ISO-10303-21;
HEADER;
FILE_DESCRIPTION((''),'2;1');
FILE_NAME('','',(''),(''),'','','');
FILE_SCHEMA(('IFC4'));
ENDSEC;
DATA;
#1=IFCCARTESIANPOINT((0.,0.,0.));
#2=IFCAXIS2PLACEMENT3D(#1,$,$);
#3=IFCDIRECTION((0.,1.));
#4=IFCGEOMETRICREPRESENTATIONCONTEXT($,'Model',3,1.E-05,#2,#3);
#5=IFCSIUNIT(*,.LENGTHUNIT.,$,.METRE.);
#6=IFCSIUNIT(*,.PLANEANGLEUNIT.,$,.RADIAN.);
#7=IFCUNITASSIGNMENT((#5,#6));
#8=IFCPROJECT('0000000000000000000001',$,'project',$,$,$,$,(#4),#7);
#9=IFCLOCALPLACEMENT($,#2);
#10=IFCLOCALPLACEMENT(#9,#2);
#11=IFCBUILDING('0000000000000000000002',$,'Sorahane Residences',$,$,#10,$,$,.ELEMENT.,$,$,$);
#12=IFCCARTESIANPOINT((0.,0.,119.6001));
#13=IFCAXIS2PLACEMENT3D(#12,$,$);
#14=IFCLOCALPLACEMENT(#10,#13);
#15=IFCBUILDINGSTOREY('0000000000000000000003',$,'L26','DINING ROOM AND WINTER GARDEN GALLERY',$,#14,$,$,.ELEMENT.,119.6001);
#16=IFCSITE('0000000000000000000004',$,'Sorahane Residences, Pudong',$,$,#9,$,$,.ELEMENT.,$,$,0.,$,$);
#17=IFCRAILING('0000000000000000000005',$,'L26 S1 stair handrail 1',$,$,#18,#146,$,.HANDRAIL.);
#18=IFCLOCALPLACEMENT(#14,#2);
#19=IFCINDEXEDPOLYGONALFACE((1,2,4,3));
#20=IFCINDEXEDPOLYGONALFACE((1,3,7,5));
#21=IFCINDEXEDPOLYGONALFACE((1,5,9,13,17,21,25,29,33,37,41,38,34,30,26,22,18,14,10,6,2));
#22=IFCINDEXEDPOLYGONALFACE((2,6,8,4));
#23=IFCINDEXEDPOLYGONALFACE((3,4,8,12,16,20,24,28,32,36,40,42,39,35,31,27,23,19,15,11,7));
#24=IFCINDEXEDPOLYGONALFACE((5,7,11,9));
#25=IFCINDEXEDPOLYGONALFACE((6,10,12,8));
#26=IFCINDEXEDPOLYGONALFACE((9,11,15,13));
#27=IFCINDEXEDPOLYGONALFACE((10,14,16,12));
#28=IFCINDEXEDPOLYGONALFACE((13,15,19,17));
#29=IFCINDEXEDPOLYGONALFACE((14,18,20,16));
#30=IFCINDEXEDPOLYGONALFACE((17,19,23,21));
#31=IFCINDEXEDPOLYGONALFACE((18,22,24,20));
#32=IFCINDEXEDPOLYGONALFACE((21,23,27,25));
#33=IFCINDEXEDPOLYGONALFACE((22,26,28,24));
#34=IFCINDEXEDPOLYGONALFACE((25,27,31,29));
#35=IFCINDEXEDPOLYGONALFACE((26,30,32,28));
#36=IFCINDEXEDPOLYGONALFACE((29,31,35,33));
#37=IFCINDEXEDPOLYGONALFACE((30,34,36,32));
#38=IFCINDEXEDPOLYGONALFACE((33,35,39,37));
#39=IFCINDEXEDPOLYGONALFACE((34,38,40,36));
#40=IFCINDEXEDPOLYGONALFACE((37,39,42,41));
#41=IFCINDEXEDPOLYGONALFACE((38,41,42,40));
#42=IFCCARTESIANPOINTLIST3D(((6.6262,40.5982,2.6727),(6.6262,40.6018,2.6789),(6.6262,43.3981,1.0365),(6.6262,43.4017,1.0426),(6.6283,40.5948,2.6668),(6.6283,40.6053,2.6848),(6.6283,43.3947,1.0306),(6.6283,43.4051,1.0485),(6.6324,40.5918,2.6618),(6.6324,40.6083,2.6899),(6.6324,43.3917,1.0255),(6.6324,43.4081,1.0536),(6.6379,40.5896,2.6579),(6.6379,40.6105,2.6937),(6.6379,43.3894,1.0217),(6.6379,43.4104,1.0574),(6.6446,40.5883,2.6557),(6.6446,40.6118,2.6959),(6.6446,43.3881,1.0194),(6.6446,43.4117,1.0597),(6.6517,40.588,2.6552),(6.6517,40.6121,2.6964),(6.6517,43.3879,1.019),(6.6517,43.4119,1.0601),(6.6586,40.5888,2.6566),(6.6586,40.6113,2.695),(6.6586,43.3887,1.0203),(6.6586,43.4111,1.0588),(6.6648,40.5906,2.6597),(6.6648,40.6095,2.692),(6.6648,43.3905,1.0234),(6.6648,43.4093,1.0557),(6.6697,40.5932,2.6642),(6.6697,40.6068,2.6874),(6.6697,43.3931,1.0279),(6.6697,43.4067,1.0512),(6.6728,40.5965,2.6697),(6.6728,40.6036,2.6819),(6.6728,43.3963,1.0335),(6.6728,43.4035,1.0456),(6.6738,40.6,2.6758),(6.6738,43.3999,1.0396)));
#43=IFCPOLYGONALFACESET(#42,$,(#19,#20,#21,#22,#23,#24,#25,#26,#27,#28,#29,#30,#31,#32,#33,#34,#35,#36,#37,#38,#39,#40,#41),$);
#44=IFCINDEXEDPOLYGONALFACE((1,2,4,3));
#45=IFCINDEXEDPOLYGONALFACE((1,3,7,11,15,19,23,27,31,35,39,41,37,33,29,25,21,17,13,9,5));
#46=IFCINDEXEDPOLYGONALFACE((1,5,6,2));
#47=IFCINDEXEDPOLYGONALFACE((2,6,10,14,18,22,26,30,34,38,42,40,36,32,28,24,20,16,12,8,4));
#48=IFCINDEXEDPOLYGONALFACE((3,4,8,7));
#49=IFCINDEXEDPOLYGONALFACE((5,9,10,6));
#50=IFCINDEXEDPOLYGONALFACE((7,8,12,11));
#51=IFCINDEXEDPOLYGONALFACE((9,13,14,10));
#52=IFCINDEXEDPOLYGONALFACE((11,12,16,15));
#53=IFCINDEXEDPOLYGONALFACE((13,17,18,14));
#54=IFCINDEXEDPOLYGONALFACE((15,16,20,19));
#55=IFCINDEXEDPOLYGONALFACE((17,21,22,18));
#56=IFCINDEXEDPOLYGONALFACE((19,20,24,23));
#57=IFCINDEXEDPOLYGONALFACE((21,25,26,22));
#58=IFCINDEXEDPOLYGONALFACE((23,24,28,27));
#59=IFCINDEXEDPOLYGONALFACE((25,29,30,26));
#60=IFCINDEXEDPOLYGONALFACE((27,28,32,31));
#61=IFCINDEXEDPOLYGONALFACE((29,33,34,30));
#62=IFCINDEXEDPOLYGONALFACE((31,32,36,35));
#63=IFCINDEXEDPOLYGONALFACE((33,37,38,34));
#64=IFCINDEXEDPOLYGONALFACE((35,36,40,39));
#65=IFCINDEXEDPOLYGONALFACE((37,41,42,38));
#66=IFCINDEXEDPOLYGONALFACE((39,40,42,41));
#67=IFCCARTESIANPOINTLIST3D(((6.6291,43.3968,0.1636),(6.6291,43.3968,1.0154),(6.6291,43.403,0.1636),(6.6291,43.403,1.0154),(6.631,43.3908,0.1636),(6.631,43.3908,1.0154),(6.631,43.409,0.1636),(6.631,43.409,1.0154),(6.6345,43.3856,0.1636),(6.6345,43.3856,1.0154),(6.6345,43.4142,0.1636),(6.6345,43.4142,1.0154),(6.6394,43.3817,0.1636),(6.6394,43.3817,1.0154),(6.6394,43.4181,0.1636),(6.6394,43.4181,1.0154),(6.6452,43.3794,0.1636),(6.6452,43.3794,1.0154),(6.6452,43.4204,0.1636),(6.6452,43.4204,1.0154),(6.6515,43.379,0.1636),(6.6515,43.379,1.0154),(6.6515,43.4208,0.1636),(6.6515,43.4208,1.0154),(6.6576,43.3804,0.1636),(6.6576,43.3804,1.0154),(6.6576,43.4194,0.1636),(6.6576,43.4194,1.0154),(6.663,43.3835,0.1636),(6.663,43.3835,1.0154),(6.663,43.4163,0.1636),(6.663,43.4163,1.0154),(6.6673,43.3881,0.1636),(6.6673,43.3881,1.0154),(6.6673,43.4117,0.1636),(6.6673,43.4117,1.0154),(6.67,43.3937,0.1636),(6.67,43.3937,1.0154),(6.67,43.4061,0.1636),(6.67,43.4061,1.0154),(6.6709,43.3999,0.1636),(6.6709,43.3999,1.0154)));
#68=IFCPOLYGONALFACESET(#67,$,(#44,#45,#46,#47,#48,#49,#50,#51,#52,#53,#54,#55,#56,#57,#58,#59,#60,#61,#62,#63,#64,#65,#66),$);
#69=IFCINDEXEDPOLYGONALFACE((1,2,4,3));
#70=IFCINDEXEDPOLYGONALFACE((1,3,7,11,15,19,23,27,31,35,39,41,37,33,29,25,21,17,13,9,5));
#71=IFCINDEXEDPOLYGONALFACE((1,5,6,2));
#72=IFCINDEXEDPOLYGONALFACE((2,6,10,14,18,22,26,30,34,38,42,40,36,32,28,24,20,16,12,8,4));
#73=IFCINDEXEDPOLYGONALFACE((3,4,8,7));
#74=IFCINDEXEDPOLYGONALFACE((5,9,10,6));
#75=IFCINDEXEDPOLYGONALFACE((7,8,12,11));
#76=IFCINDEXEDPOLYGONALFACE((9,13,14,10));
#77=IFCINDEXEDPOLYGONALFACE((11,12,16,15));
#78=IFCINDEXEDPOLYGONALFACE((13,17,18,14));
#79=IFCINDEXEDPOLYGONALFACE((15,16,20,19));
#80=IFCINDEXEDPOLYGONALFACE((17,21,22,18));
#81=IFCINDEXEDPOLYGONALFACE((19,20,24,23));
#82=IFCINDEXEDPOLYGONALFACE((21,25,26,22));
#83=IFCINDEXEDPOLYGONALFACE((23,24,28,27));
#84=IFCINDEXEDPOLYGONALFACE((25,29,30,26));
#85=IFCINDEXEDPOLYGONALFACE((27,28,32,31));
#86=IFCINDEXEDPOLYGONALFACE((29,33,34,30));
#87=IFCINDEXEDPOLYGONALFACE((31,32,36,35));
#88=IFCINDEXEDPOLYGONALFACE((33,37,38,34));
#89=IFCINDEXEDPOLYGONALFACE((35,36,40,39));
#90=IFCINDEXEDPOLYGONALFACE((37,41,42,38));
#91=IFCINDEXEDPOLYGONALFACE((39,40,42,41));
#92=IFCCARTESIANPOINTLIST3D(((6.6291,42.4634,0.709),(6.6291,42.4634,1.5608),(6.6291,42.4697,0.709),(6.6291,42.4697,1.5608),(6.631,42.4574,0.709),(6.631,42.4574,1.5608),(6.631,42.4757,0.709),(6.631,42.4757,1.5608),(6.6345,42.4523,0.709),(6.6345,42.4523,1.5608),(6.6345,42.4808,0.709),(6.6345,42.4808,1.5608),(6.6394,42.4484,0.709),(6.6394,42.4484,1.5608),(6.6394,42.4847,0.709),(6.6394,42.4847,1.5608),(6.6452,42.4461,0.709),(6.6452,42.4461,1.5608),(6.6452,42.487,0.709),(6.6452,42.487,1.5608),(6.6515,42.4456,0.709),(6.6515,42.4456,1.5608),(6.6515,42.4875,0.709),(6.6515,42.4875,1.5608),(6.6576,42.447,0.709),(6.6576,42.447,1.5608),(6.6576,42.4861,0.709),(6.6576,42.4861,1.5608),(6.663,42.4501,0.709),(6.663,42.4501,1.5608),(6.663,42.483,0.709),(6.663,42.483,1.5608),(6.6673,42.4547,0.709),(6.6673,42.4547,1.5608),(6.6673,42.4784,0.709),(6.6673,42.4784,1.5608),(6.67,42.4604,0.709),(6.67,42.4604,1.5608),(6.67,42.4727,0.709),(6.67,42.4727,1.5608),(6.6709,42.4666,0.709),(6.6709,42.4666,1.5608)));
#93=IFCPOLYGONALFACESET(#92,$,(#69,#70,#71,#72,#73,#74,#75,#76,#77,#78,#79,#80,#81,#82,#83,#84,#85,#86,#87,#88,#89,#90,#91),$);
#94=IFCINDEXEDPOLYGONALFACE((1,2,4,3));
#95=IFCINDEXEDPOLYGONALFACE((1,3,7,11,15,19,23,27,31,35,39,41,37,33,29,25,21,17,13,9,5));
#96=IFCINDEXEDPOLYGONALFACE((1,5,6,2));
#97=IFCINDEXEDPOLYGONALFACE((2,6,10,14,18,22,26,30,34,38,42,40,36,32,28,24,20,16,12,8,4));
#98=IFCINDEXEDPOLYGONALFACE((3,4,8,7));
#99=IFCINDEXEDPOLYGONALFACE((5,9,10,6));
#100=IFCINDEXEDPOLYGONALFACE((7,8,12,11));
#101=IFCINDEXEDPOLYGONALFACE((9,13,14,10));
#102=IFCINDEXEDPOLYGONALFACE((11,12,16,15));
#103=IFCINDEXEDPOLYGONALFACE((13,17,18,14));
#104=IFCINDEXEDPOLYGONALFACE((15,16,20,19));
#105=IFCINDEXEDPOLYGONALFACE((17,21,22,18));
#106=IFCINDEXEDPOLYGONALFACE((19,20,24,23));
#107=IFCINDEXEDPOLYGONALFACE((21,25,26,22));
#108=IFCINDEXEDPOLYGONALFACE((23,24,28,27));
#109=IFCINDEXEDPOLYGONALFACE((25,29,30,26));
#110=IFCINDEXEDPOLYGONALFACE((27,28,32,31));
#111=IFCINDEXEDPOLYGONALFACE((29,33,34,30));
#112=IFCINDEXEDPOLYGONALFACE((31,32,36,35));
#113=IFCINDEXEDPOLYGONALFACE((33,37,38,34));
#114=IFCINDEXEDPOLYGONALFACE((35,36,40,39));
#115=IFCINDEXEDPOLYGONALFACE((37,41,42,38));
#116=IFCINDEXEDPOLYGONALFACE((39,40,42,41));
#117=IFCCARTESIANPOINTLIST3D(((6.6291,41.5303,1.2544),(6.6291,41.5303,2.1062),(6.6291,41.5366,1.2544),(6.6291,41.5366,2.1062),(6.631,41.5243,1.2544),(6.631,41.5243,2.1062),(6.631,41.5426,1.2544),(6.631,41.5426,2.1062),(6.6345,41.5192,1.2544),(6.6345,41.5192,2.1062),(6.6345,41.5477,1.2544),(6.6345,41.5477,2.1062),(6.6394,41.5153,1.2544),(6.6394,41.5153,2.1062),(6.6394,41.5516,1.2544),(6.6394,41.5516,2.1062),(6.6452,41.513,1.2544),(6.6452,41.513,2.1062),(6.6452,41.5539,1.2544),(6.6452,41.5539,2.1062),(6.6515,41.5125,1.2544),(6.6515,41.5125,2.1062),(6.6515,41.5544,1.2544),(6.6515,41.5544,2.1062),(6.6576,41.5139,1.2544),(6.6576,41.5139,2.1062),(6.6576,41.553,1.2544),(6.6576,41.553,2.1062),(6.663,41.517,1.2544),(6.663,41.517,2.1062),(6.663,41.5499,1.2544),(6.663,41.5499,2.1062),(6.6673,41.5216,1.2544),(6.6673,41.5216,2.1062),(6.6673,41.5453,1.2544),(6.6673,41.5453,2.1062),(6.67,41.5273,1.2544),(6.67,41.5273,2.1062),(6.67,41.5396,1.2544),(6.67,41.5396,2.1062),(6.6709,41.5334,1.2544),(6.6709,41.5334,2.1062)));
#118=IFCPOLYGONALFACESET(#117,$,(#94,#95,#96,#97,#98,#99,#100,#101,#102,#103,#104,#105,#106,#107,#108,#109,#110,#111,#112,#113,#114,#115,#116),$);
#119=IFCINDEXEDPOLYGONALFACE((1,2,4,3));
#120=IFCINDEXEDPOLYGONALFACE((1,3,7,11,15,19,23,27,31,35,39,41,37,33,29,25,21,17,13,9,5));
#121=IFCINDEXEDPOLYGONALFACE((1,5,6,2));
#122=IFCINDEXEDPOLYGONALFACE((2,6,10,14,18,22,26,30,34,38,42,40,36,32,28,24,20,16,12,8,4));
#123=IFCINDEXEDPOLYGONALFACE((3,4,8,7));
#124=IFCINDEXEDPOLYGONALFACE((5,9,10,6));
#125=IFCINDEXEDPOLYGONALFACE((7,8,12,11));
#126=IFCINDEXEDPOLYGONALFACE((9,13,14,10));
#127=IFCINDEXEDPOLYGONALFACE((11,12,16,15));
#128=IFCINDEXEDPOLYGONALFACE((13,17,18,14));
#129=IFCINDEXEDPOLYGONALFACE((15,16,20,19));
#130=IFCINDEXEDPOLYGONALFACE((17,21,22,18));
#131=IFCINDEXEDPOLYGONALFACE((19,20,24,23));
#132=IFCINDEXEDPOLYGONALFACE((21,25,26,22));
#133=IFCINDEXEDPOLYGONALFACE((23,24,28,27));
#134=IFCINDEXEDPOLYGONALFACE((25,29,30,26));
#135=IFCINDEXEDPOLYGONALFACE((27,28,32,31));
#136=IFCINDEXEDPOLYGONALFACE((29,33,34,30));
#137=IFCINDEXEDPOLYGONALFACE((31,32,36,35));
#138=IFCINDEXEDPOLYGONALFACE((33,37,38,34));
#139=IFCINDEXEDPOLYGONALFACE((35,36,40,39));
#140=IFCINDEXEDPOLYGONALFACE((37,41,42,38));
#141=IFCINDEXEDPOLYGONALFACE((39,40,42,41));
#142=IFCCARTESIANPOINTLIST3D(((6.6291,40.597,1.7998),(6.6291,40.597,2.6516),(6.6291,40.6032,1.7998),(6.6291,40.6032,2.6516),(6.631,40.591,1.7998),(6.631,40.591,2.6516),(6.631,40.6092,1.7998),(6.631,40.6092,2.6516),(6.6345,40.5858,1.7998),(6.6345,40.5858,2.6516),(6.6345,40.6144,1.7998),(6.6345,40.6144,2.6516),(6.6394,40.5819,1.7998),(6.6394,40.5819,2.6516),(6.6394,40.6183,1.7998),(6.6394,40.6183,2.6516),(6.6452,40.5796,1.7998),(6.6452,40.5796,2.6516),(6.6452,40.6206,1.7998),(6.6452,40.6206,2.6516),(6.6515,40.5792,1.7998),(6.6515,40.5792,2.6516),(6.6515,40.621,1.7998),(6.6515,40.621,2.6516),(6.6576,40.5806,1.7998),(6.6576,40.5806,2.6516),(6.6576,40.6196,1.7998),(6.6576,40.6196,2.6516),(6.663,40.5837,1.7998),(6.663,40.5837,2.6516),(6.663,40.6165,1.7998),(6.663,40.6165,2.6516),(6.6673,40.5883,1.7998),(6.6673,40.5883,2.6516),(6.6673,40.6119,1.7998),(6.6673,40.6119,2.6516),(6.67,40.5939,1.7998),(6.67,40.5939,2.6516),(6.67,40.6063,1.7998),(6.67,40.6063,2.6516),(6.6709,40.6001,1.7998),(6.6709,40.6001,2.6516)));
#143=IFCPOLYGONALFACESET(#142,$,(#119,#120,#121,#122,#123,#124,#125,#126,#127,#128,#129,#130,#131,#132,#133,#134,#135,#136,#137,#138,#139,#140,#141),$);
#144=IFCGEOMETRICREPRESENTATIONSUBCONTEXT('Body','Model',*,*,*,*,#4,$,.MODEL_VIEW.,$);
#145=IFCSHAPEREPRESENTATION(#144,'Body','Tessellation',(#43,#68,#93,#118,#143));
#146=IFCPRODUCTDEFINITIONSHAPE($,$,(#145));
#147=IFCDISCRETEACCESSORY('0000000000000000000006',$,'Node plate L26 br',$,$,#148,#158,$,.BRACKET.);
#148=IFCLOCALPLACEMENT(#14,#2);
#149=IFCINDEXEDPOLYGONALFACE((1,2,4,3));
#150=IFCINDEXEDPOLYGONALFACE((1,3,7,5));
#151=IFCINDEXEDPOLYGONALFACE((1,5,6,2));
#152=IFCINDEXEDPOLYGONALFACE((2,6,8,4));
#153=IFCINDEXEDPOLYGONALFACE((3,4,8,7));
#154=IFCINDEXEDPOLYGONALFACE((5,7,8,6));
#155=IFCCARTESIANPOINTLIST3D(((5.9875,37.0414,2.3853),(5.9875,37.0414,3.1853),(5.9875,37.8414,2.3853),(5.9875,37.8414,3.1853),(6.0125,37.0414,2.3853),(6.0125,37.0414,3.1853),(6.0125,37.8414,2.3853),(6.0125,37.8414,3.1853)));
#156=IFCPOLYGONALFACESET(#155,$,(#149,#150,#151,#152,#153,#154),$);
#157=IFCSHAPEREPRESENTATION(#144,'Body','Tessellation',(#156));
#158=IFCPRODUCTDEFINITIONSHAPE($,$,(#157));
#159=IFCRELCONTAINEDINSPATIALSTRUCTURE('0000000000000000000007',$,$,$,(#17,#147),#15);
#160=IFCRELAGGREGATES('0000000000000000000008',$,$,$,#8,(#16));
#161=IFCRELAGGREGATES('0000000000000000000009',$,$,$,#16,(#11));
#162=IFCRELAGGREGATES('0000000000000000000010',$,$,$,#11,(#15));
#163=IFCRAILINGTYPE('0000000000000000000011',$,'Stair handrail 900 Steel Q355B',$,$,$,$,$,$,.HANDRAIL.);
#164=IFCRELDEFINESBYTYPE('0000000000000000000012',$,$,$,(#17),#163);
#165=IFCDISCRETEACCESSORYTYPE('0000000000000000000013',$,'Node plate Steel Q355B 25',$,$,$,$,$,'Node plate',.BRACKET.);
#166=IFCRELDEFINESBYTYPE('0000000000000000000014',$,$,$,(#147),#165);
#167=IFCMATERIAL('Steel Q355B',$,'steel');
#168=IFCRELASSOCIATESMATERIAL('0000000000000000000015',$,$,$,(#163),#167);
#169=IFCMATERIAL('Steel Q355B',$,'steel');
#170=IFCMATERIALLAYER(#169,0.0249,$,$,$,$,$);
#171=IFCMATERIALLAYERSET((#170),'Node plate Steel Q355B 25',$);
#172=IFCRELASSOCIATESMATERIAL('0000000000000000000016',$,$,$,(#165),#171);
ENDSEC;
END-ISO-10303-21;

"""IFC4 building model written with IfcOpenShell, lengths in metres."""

from ifc_helpers import new_model, si_unit, direction, frame, origin, origin_2d, place, context, subcontext, project, spatial, rectangle, circle, extrude, material, layer, layer_set, type_object, element, save


model = new_model("IFC4")

# Units and contexts
model_context = context("Model", 3, precision=1e-05, world=origin(), true_north=direction((0.0, 1.0)))
body_context = subcontext(model_context, "Body", "Model", "MODEL_VIEW")
ifc_project = project(units=[si_unit("LENGTHUNIT", "METRE"), si_unit("PLANEANGLEUNIT", "RADIAN")], contexts=[model_context])

# Site, building, storey
site_placement = place(None, origin())
site = spatial("IfcSite", under=ifc_project, at=site_placement, Name="Sorahane Residences, Pudong", CompositionType="ELEMENT", RefElevation=0.0)
building_placement = place(site_placement, origin())
building = spatial("IfcBuilding", under=site, at=building_placement, Name="Sorahane Residences", CompositionType="ELEMENT")
storey_placement = place(building_placement, frame((0.0, 0.0, 119.6001)))
storey = spatial("IfcBuildingStorey", under=building, at=storey_placement, Name="L26", Description="DINING ROOM AND WINTER GARDEN GALLERY", CompositionType="ELEMENT", Elevation=119.6001)

# Railing
ifc_material_1 = material(Name="Steel Q355B", Category="steel")
railing_type = type_object("IfcRailingType", Name="Stair handrail 900 Steel Q355B", PredefinedType="HANDRAIL", material=ifc_material_1)
railing_placement = place(storey_placement, frame((6.6499, 43.3999, 0.1636)))
element("IfcRailing", 1, at=railing_placement, inside=storey, type_object=railing_type, Name="L26 S1 stair handrail 1", PredefinedType="HANDRAIL", context=body_context, shape_type="SweptSolid", body=[
    extrude(circle(Radius=0.0239, at=origin_2d()), frame((0.0, 0.0, 0.876), z_axis=(0.0, -0.863374, 0.504564), x_axis=(1.0, 0.0, 0.0)), (0.0, 0.0, 1.0), 3.2429),
    extrude(circle(Radius=0.021, at=origin_2d()), origin(), (0.0, 0.0, 1.0), 0.8518),
    extrude(circle(Radius=0.021, at=origin_2d()), frame((0.0, -0.9333, 0.5454)), (0.0, 0.0, 1.0), 0.8518),
    extrude(circle(Radius=0.021, at=origin_2d()), frame((0.0, -1.8665, 1.0908)), (0.0, 0.0, 1.0), 0.8518),
    extrude(circle(Radius=0.021, at=origin_2d()), frame((0.0, -2.7998, 1.6362)), (0.0, 0.0, 1.0), 0.8518),
])

# Discrete accessory
ifc_material_2 = material(Name="Steel Q355B", Category="steel")
ifc_layer_1 = layer(ifc_material_2, 0.0249)
ifc_layer_set_1 = layer_set([ifc_layer_1], Name="Node plate Steel Q355B 25")
discrete_accessory_type = type_object("IfcDiscreteAccessoryType", Name="Node plate Steel Q355B 25", ElementType="Node plate", PredefinedType="BRACKET", material=ifc_layer_set_1)
discrete_accessory_placement = place(storey_placement, frame((6.0, 37.4414, 2.3853), z_axis=(0.0, 0.0, 1.0), x_axis=(0.0, 1.0, 0.0)))
element("IfcDiscreteAccessory", 2, at=discrete_accessory_placement, inside=storey, type_object=discrete_accessory_type, Name="Node plate L26 br", PredefinedType="BRACKET", context=body_context, shape_type="SweptSolid", body=[
    extrude(rectangle(XDim=0.8, YDim=0.0249, at=origin_2d()), origin(), (0.0, 0.0, 1.0), 0.8),
])

save(model, "model.ifc")
